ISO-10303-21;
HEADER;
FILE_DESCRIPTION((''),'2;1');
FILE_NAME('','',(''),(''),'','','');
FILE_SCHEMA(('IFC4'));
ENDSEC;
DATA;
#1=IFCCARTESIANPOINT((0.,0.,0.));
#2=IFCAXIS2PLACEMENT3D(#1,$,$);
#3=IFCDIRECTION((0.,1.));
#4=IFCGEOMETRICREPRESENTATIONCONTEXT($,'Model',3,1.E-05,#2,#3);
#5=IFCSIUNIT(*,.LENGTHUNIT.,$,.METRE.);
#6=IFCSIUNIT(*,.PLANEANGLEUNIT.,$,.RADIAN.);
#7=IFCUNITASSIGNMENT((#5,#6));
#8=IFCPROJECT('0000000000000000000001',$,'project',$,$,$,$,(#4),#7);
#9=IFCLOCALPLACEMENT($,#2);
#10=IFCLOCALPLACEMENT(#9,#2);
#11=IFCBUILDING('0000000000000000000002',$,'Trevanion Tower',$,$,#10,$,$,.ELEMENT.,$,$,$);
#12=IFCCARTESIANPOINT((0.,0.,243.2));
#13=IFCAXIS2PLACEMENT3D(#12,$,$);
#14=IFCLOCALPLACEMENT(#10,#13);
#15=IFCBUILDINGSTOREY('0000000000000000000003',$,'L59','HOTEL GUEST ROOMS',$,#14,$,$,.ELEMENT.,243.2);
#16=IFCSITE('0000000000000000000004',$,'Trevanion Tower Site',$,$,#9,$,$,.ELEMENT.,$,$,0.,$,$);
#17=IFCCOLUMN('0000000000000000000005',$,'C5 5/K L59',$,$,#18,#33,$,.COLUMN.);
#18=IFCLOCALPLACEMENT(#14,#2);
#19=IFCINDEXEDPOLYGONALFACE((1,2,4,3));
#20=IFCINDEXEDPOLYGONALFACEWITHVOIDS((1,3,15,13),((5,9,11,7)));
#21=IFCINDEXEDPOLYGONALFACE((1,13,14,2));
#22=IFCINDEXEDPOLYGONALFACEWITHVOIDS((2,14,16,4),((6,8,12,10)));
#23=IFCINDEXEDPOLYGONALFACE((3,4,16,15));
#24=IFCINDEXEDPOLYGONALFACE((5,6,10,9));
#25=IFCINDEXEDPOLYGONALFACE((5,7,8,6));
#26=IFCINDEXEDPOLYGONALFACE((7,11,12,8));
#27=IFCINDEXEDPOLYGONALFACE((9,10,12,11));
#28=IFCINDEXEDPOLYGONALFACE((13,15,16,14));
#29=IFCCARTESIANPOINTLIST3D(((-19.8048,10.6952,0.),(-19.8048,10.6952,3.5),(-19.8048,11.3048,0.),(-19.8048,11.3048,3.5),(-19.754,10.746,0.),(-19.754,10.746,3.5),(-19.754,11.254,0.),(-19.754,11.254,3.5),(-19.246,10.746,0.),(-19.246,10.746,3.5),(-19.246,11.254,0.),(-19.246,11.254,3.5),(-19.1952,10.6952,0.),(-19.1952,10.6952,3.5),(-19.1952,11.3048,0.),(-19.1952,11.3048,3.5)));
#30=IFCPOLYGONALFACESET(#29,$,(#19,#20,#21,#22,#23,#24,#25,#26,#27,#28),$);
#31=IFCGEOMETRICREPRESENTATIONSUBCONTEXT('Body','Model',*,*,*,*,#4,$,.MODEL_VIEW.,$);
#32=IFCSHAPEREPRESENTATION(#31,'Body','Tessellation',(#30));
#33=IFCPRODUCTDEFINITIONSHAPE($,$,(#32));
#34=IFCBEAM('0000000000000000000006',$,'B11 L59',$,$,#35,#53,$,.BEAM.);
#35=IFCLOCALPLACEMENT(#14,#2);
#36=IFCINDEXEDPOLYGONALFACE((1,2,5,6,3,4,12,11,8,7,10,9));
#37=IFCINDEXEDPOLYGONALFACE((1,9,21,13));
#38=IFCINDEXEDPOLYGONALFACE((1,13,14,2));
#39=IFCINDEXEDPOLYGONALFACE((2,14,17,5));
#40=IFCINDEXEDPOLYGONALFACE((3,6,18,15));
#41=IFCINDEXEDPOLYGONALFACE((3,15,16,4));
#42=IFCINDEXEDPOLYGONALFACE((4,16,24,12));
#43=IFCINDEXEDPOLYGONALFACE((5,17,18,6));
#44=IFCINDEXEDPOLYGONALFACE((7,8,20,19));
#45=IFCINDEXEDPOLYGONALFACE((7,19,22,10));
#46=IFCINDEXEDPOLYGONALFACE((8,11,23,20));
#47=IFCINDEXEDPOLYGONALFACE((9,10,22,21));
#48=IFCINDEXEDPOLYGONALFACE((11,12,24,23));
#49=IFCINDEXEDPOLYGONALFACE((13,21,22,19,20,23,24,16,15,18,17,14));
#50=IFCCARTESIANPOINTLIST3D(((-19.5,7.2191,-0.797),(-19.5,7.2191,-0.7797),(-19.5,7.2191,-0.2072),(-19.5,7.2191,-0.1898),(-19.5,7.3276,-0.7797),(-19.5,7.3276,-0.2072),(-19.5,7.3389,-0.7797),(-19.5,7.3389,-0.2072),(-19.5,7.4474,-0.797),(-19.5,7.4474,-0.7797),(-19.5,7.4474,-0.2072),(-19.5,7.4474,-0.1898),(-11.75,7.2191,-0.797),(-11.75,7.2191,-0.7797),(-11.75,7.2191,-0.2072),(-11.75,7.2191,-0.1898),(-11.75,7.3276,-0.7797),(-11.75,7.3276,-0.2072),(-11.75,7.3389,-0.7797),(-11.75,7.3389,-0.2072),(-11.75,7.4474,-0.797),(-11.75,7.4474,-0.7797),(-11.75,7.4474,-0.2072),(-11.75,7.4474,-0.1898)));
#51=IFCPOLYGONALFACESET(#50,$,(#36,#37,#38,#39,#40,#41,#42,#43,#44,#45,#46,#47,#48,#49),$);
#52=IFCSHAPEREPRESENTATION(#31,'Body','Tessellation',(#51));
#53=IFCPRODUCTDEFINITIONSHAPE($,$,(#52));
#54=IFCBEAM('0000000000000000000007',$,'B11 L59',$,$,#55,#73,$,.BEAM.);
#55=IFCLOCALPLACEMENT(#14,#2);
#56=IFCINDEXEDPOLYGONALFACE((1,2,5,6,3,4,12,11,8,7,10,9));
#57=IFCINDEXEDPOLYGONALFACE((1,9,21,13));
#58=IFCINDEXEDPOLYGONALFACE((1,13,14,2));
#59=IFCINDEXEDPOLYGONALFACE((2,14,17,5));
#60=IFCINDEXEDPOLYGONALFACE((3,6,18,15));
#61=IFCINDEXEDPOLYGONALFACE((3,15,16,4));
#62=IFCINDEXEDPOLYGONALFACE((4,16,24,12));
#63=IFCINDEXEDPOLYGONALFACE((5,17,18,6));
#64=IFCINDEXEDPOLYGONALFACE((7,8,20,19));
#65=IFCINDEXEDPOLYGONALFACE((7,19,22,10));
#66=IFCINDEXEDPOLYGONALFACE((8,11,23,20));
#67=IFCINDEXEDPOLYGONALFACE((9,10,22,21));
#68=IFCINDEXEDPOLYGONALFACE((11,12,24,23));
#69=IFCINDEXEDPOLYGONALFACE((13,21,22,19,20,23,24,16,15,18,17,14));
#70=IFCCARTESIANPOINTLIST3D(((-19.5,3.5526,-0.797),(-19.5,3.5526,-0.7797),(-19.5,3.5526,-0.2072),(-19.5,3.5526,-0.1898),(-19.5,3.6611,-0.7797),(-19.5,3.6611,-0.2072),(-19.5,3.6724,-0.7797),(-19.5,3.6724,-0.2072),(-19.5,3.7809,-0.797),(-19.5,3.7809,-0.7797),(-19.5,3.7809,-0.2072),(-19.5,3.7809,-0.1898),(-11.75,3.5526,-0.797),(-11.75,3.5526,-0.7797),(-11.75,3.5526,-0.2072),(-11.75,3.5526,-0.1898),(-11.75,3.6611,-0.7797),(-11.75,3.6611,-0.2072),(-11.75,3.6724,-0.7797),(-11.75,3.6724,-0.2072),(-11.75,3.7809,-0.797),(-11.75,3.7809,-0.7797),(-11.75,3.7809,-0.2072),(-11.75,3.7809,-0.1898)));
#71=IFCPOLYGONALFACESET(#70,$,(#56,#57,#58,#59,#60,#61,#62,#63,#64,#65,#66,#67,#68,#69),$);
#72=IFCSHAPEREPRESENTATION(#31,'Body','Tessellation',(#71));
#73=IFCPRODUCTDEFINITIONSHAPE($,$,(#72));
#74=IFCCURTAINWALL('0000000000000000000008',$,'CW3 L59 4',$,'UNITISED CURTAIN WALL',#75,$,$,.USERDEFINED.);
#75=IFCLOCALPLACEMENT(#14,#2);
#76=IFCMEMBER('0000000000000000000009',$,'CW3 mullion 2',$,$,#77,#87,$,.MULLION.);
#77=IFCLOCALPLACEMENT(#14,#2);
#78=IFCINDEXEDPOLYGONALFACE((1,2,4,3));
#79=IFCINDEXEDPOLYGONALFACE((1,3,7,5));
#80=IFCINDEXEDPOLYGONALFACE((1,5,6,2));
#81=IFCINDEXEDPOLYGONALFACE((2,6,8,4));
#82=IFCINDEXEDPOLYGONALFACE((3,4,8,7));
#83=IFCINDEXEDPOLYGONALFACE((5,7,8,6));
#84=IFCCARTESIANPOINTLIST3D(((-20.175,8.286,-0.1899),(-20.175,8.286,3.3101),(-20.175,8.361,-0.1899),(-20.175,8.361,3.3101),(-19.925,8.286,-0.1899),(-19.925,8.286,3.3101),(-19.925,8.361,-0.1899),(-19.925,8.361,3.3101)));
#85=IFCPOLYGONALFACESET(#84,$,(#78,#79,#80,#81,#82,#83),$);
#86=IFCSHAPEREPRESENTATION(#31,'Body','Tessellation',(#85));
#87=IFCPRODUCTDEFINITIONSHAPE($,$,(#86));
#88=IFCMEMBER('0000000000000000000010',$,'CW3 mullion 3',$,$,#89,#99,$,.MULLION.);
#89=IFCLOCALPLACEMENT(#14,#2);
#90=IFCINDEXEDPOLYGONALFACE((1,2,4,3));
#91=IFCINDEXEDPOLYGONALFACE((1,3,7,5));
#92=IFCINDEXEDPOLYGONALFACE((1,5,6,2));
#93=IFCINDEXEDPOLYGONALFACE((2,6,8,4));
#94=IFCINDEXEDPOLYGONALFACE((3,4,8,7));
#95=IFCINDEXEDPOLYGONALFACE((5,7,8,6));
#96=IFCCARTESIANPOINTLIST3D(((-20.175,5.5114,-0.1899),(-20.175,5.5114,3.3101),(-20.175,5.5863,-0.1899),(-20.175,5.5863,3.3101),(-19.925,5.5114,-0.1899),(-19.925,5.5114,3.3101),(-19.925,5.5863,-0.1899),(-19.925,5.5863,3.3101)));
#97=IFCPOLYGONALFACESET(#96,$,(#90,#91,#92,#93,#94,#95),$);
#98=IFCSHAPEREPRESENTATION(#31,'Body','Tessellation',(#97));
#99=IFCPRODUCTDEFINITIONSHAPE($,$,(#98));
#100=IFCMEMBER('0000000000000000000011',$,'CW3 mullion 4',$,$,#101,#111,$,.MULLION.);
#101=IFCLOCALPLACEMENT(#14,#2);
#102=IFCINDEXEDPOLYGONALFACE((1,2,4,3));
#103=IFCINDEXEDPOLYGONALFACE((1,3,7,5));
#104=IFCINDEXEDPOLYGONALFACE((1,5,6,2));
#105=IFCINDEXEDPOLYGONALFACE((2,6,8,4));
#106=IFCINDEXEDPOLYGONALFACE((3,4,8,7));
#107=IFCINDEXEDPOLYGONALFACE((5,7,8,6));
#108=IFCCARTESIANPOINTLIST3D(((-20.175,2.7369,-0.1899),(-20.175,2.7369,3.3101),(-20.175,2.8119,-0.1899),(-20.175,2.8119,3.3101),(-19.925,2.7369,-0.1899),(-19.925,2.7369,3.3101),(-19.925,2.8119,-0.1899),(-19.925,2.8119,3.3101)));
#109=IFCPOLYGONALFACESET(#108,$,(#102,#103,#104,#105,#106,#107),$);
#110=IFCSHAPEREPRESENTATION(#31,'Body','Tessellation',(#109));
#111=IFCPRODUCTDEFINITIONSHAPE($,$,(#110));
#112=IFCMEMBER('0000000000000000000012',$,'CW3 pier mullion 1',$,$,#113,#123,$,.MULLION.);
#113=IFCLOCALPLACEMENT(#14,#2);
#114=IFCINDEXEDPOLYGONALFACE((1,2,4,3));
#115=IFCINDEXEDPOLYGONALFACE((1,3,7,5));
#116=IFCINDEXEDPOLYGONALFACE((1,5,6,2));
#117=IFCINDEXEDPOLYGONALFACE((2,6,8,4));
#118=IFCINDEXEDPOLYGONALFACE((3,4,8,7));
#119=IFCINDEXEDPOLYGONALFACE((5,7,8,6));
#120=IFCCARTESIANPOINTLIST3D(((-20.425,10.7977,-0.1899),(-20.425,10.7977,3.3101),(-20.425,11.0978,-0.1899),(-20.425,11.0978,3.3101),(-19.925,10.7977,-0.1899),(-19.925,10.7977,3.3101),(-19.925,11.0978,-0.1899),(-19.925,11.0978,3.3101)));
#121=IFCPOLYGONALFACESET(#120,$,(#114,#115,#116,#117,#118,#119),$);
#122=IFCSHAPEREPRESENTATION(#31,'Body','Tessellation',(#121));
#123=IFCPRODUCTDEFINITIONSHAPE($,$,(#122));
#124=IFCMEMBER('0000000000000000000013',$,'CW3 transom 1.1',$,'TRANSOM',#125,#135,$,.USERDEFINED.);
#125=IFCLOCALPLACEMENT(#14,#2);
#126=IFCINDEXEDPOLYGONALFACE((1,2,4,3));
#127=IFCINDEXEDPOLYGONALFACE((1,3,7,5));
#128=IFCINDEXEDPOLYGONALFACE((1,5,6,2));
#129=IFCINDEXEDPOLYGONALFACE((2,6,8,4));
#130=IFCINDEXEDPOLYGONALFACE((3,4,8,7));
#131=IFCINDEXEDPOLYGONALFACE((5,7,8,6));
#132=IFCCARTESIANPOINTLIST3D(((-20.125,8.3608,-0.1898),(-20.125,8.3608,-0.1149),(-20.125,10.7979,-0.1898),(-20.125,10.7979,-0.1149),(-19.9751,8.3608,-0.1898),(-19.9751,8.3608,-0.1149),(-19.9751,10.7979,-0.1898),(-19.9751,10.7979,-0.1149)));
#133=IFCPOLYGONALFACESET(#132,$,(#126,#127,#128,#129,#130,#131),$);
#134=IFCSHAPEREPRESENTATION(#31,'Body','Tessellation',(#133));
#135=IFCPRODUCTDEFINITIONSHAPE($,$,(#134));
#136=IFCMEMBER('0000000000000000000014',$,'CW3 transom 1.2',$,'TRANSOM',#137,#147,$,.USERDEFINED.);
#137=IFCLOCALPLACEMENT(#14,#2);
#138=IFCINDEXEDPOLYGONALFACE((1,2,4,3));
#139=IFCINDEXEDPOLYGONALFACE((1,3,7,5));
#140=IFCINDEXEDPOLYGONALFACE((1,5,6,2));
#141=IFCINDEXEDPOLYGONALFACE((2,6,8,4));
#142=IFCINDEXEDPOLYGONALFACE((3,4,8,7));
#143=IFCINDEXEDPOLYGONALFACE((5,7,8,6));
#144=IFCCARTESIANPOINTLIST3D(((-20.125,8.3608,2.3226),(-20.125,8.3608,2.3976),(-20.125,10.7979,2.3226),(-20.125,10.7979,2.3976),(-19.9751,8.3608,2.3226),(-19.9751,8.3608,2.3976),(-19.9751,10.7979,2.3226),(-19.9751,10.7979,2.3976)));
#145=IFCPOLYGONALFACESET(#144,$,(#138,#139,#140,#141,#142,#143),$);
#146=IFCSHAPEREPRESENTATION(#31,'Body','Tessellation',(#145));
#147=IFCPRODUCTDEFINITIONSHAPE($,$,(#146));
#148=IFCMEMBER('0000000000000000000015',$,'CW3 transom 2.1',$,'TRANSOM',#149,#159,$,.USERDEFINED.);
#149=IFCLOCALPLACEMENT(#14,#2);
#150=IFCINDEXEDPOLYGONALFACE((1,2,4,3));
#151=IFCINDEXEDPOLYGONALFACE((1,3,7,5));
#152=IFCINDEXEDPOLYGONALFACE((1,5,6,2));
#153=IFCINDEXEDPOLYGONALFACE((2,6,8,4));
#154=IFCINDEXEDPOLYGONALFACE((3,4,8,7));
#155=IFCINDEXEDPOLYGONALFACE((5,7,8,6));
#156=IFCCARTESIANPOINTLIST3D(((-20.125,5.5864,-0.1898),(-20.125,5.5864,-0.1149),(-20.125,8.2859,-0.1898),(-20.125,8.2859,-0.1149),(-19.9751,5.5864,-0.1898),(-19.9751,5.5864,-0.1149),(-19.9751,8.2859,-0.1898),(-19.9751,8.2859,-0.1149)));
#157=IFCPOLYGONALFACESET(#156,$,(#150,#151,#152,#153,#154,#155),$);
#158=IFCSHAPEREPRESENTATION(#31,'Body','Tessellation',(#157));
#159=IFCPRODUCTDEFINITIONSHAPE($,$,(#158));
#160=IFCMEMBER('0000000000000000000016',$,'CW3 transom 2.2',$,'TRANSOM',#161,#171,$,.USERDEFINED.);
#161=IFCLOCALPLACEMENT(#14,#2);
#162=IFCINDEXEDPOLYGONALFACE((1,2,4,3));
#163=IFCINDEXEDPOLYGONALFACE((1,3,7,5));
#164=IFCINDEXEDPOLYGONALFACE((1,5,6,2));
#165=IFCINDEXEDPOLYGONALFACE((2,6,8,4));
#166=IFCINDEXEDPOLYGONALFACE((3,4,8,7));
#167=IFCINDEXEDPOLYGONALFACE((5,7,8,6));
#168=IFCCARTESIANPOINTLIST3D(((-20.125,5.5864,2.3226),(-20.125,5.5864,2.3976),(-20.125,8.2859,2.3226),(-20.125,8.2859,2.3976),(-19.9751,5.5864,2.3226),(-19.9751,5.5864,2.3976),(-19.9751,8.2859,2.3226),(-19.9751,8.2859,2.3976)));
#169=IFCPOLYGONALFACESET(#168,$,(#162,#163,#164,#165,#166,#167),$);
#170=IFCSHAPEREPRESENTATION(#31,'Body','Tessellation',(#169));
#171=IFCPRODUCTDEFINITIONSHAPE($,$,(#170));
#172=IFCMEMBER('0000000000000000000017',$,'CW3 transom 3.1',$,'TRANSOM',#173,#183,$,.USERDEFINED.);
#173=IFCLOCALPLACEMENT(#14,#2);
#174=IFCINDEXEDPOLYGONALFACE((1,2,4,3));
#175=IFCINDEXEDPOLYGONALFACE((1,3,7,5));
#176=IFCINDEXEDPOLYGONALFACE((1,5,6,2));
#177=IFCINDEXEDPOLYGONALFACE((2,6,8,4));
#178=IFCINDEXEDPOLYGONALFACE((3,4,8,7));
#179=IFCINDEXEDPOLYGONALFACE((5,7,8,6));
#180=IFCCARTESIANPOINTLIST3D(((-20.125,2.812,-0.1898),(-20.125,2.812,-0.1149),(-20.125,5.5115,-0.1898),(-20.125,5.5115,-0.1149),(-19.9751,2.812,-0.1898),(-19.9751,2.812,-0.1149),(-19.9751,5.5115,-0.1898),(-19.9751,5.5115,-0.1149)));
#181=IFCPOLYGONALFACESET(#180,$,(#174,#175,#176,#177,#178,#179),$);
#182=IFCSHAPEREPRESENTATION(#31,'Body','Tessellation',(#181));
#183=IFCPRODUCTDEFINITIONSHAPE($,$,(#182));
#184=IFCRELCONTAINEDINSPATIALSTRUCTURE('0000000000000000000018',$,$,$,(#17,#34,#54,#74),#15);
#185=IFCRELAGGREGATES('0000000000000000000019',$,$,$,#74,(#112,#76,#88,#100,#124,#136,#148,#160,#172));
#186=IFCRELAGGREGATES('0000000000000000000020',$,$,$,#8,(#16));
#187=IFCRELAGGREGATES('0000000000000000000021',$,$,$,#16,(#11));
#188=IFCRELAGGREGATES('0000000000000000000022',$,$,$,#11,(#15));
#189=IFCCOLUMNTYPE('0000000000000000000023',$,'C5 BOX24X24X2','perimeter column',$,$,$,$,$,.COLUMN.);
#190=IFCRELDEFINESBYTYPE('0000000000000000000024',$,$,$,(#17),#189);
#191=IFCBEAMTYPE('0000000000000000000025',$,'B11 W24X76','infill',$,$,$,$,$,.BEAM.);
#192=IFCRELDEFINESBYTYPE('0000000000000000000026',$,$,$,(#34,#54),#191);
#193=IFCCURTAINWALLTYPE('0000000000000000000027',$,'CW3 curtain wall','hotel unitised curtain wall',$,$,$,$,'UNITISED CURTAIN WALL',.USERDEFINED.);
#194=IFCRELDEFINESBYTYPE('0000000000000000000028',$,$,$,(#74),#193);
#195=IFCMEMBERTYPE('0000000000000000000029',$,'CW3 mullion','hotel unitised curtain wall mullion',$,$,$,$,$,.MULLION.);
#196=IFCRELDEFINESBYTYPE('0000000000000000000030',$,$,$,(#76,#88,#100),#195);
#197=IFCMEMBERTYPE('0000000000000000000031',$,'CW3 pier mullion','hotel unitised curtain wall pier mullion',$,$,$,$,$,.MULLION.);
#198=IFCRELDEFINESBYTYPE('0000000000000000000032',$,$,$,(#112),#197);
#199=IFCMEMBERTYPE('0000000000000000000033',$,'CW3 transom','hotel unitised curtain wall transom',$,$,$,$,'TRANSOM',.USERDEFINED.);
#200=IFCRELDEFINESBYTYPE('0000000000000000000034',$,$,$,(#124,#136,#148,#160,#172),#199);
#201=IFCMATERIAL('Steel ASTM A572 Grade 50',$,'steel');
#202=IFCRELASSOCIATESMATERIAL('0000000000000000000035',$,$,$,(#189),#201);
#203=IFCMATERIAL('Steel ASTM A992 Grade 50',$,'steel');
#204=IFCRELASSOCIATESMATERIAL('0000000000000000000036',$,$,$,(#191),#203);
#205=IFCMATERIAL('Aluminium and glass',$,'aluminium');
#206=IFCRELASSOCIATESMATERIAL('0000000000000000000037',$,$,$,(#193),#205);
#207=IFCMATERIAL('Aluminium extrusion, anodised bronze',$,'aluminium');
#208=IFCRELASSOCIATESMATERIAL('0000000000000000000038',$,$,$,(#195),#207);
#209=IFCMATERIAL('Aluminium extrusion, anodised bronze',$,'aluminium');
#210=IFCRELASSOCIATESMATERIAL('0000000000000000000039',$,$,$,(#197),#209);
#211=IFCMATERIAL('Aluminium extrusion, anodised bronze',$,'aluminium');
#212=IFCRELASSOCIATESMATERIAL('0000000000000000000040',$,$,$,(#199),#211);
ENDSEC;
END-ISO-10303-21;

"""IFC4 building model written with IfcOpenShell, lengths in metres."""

from ifc_helpers import new_model, si_unit, direction, frame, origin, origin_2d, place, context, subcontext, project, spatial, rectangle, hollow_rectangle, i_section, extrude, material, material_profile, profile_set, type_object, element, aggregate, save


model = new_model("IFC4")

# Units and contexts
model_context = context("Model", 3, precision=1e-05, world=origin(), true_north=direction((0.0, 1.0)))
body_context = subcontext(model_context, "Body", "Model", "MODEL_VIEW")
ifc_project = project(units=[si_unit("LENGTHUNIT", "METRE"), si_unit("PLANEANGLEUNIT", "RADIAN")], contexts=[model_context])

# Site, building, storey
site_placement = place(None, origin())
site = spatial("IfcSite", under=ifc_project, at=site_placement, Name="Trevanion Tower Site", CompositionType="ELEMENT", RefElevation=0.0)
building_placement = place(site_placement, origin())
building = spatial("IfcBuilding", under=site, at=building_placement, Name="Trevanion Tower", CompositionType="ELEMENT")
storey_placement = place(building_placement, frame((0.0, 0.0, 243.2)))
storey = spatial("IfcBuildingStorey", under=building, at=storey_placement, Name="L59", Description="HOTEL GUEST ROOMS", CompositionType="ELEMENT", Elevation=243.2)

# Column
ifc_material_1 = material(Name="Steel ASTM A572 Grade 50", Category="steel")
ifc_material_profile_1 = material_profile(ifc_material_1, hollow_rectangle(XDim=0.6096, YDim=0.6096, WallThickness=0.0508, at=origin_2d()), Name="BOX24X24X2")
ifc_profile_set_1 = profile_set([ifc_material_profile_1], Name="Steel ASTM A572 Grade 50")
column_type = type_object("IfcColumnType", Name="C5 BOX24X24X2", Description="perimeter column", PredefinedType="COLUMN", material=ifc_profile_set_1)
column_placement = place(storey_placement, frame((-19.5, 11.0, 0.0), z_axis=(0.0, 0.0, 1.0), x_axis=(0.0, 1.0, 0.0)))
element("IfcColumn", 1, at=column_placement, inside=storey, type_object=column_type, Name="C5 5/K L59", PredefinedType="COLUMN", context=body_context, shape_type="SweptSolid", body=[
    extrude(hollow_rectangle(XDim=0.6096, YDim=0.6096, WallThickness=0.0508, at=origin_2d()), origin(), (0.0, 0.0, 1.0), 3.5),
])

# Beams
ifc_material_2 = material(Name="Steel ASTM A992 Grade 50", Category="steel")
ifc_material_profile_2 = material_profile(ifc_material_2, i_section(OverallWidth=0.2283, OverallDepth=0.6072, WebThickness=0.0112, FlangeThickness=0.0173, at=origin_2d()), Name="W24X76")
ifc_profile_set_2 = profile_set([ifc_material_profile_2], Name="Steel ASTM A992 Grade 50")
beam_type_1 = type_object("IfcBeamType", Name="B11 W24X76", Description="infill", PredefinedType="BEAM", material=ifc_profile_set_2)
for number, where, z_axis, x_axis, name in (
    (2, (-11.75, 7.3333, -0.4934), (-1.0, 0.0, 0.0), (0.0, -1.0, 0.0), "B11 L59"),
    (3, (-11.75, 3.6667, -0.4934), (-1.0, 0.0, 0.0), (0.0, -1.0, 0.0), "B11 L59"),
):
    element("IfcBeam", number, at=place(storey_placement, frame(where, z_axis=z_axis, x_axis=x_axis)), inside=storey, type_object=beam_type_1, Name=name, PredefinedType="BEAM", context=body_context, shape_type="SweptSolid", body=[
        extrude(i_section(OverallWidth=0.2283, OverallDepth=0.6072, WebThickness=0.0112, FlangeThickness=0.0173, at=origin_2d()), origin(), (0.0, 0.0, 1.0), 7.75),
    ])

# Curtain wall, members
ifc_material_3 = material(Name="Aluminium and glass", Category="aluminium")
curtain_wall_type = type_object("IfcCurtainWallType", Name="CW3 curtain wall", Description="hotel unitised curtain wall", ElementType="UNITISED CURTAIN WALL", PredefinedType="USERDEFINED", material=ifc_material_3)
curtain_wall_placement = place(storey_placement, origin())
curtain_wall = element("IfcCurtainWall", 4, at=curtain_wall_placement, inside=storey, type_object=curtain_wall_type, Name="CW3 L59 4", ObjectType="UNITISED CURTAIN WALL", PredefinedType="USERDEFINED")
ifc_material_4 = material(Name="Aluminium extrusion, anodised bronze", Category="aluminium")
ifc_material_profile_3 = material_profile(ifc_material_4, rectangle(XDim=0.075, YDim=0.25, at=origin_2d()), Name="CW3 mullion")
ifc_profile_set_3 = profile_set([ifc_material_profile_3], Name="Aluminium extrusion, anodised bronze")
member_type_1 = type_object("IfcMemberType", Name="CW3 mullion", Description="hotel unitised curtain wall mullion", PredefinedType="MULLION", material=ifc_profile_set_3)
member_1_placement = place(storey_placement, frame((-20.05, 8.3235, -0.1899), z_axis=(0.0, 0.0, 1.0), x_axis=(0.0, -1.0, 0.0)))
member_1 = element("IfcMember", 5, at=member_1_placement, type_object=member_type_1, Name="CW3 mullion 2", PredefinedType="MULLION", context=body_context, shape_type="SweptSolid", body=[
    extrude(rectangle(XDim=0.075, YDim=0.25, at=origin_2d()), origin(), (0.0, 0.0, 1.0), 3.5),
])
member_2_placement = place(storey_placement, frame((-20.05, 5.5488, -0.1899), z_axis=(0.0, 0.0, 1.0), x_axis=(0.0, -1.0, 0.0)))
member_2 = element("IfcMember", 6, at=member_2_placement, type_object=member_type_1, Name="CW3 mullion 3", PredefinedType="MULLION", context=body_context, shape_type="SweptSolid", body=[
    extrude(rectangle(XDim=0.075, YDim=0.25, at=origin_2d()), origin(), (0.0, 0.0, 1.0), 3.5),
])
member_3_placement = place(storey_placement, frame((-20.05, 2.7744, -0.1899), z_axis=(0.0, 0.0, 1.0), x_axis=(0.0, -1.0, 0.0)))
member_3 = element("IfcMember", 7, at=member_3_placement, type_object=member_type_1, Name="CW3 mullion 4", PredefinedType="MULLION", context=body_context, shape_type="SweptSolid", body=[
    extrude(rectangle(XDim=0.075, YDim=0.25, at=origin_2d()), origin(), (0.0, 0.0, 1.0), 3.5),
])
ifc_material_5 = material(Name="Aluminium extrusion, anodised bronze", Category="aluminium")
ifc_material_profile_4 = material_profile(ifc_material_5, rectangle(XDim=0.3, YDim=0.5, at=origin_2d()), Name="CW3 pier mullion")
ifc_profile_set_4 = profile_set([ifc_material_profile_4], Name="Aluminium extrusion, anodised bronze")
member_type_2 = type_object("IfcMemberType", Name="CW3 pier mullion", Description="hotel unitised curtain wall pier mullion", PredefinedType="MULLION", material=ifc_profile_set_4)
member_4_placement = place(storey_placement, frame((-20.175, 10.9478, -0.1899), z_axis=(0.0, 0.0, 1.0), x_axis=(0.0, -1.0, 0.0)))
member_4 = element("IfcMember", 8, at=member_4_placement, type_object=member_type_2, Name="CW3 pier mullion 1", PredefinedType="MULLION", context=body_context, shape_type="SweptSolid", body=[
    extrude(rectangle(XDim=0.3, YDim=0.5, at=origin_2d()), origin(), (0.0, 0.0, 1.0), 3.5),
])
ifc_material_6 = material(Name="Aluminium extrusion, anodised bronze", Category="aluminium")
ifc_material_profile_5 = material_profile(ifc_material_6, rectangle(XDim=0.1499, YDim=0.075, at=origin_2d()), Name="CW3 transom")
ifc_profile_set_5 = profile_set([ifc_material_profile_5], Name="Aluminium extrusion, anodised bronze")
member_type_3 = type_object("IfcMemberType", Name="CW3 transom", Description="hotel unitised curtain wall transom", ElementType="TRANSOM", PredefinedType="USERDEFINED", material=ifc_profile_set_5)
member_5_placement = place(storey_placement, frame((-20.05, 10.7979, -0.1523), z_axis=(0.0, -1.0, 0.0), x_axis=(1.0, 0.0, 0.0)))
member_5 = element("IfcMember", 9, at=member_5_placement, type_object=member_type_3, Name="CW3 transom 1.1", ObjectType="TRANSOM", PredefinedType="USERDEFINED", context=body_context, shape_type="SweptSolid", body=[
    extrude(rectangle(XDim=0.1499, YDim=0.075, at=origin_2d()), origin(), (0.0, 0.0, 1.0), 2.437),
])
member_6_placement = place(storey_placement, frame((-20.05, 10.7979, 2.3601), z_axis=(0.0, -1.0, 0.0), x_axis=(1.0, 0.0, 0.0)))
member_6 = element("IfcMember", 10, at=member_6_placement, type_object=member_type_3, Name="CW3 transom 1.2", ObjectType="TRANSOM", PredefinedType="USERDEFINED", context=body_context, shape_type="SweptSolid", body=[
    extrude(rectangle(XDim=0.1499, YDim=0.075, at=origin_2d()), origin(), (0.0, 0.0, 1.0), 2.437),
])
member_7_placement = place(storey_placement, frame((-20.05, 8.2859, -0.1523), z_axis=(0.0, -1.0, 0.0), x_axis=(1.0, 0.0, 0.0)))
member_7 = element("IfcMember", 11, at=member_7_placement, type_object=member_type_3, Name="CW3 transom 2.1", ObjectType="TRANSOM", PredefinedType="USERDEFINED", context=body_context, shape_type="SweptSolid", body=[
    extrude(rectangle(XDim=0.1499, YDim=0.075, at=origin_2d()), origin(), (0.0, 0.0, 1.0), 2.6995),
])
member_8_placement = place(storey_placement, frame((-20.05, 8.2859, 2.3601), z_axis=(0.0, -1.0, 0.0), x_axis=(1.0, 0.0, 0.0)))
member_8 = element("IfcMember", 12, at=member_8_placement, type_object=member_type_3, Name="CW3 transom 2.2", ObjectType="TRANSOM", PredefinedType="USERDEFINED", context=body_context, shape_type="SweptSolid", body=[
    extrude(rectangle(XDim=0.1499, YDim=0.075, at=origin_2d()), origin(), (0.0, 0.0, 1.0), 2.6995),
])
member_9_placement = place(storey_placement, frame((-20.05, 5.5115, -0.1523), z_axis=(0.0, -1.0, 0.0), x_axis=(1.0, 0.0, 0.0)))
member_9 = element("IfcMember", 13, at=member_9_placement, type_object=member_type_3, Name="CW3 transom 3.1", ObjectType="TRANSOM", PredefinedType="USERDEFINED", context=body_context, shape_type="SweptSolid", body=[
    extrude(rectangle(XDim=0.1499, YDim=0.075, at=origin_2d()), origin(), (0.0, 0.0, 1.0), 2.6995),
])

aggregate(curtain_wall, [member_4, member_1, member_2, member_3, member_5, member_6, member_7, member_8, member_9])

save(model, "model.ifc")
